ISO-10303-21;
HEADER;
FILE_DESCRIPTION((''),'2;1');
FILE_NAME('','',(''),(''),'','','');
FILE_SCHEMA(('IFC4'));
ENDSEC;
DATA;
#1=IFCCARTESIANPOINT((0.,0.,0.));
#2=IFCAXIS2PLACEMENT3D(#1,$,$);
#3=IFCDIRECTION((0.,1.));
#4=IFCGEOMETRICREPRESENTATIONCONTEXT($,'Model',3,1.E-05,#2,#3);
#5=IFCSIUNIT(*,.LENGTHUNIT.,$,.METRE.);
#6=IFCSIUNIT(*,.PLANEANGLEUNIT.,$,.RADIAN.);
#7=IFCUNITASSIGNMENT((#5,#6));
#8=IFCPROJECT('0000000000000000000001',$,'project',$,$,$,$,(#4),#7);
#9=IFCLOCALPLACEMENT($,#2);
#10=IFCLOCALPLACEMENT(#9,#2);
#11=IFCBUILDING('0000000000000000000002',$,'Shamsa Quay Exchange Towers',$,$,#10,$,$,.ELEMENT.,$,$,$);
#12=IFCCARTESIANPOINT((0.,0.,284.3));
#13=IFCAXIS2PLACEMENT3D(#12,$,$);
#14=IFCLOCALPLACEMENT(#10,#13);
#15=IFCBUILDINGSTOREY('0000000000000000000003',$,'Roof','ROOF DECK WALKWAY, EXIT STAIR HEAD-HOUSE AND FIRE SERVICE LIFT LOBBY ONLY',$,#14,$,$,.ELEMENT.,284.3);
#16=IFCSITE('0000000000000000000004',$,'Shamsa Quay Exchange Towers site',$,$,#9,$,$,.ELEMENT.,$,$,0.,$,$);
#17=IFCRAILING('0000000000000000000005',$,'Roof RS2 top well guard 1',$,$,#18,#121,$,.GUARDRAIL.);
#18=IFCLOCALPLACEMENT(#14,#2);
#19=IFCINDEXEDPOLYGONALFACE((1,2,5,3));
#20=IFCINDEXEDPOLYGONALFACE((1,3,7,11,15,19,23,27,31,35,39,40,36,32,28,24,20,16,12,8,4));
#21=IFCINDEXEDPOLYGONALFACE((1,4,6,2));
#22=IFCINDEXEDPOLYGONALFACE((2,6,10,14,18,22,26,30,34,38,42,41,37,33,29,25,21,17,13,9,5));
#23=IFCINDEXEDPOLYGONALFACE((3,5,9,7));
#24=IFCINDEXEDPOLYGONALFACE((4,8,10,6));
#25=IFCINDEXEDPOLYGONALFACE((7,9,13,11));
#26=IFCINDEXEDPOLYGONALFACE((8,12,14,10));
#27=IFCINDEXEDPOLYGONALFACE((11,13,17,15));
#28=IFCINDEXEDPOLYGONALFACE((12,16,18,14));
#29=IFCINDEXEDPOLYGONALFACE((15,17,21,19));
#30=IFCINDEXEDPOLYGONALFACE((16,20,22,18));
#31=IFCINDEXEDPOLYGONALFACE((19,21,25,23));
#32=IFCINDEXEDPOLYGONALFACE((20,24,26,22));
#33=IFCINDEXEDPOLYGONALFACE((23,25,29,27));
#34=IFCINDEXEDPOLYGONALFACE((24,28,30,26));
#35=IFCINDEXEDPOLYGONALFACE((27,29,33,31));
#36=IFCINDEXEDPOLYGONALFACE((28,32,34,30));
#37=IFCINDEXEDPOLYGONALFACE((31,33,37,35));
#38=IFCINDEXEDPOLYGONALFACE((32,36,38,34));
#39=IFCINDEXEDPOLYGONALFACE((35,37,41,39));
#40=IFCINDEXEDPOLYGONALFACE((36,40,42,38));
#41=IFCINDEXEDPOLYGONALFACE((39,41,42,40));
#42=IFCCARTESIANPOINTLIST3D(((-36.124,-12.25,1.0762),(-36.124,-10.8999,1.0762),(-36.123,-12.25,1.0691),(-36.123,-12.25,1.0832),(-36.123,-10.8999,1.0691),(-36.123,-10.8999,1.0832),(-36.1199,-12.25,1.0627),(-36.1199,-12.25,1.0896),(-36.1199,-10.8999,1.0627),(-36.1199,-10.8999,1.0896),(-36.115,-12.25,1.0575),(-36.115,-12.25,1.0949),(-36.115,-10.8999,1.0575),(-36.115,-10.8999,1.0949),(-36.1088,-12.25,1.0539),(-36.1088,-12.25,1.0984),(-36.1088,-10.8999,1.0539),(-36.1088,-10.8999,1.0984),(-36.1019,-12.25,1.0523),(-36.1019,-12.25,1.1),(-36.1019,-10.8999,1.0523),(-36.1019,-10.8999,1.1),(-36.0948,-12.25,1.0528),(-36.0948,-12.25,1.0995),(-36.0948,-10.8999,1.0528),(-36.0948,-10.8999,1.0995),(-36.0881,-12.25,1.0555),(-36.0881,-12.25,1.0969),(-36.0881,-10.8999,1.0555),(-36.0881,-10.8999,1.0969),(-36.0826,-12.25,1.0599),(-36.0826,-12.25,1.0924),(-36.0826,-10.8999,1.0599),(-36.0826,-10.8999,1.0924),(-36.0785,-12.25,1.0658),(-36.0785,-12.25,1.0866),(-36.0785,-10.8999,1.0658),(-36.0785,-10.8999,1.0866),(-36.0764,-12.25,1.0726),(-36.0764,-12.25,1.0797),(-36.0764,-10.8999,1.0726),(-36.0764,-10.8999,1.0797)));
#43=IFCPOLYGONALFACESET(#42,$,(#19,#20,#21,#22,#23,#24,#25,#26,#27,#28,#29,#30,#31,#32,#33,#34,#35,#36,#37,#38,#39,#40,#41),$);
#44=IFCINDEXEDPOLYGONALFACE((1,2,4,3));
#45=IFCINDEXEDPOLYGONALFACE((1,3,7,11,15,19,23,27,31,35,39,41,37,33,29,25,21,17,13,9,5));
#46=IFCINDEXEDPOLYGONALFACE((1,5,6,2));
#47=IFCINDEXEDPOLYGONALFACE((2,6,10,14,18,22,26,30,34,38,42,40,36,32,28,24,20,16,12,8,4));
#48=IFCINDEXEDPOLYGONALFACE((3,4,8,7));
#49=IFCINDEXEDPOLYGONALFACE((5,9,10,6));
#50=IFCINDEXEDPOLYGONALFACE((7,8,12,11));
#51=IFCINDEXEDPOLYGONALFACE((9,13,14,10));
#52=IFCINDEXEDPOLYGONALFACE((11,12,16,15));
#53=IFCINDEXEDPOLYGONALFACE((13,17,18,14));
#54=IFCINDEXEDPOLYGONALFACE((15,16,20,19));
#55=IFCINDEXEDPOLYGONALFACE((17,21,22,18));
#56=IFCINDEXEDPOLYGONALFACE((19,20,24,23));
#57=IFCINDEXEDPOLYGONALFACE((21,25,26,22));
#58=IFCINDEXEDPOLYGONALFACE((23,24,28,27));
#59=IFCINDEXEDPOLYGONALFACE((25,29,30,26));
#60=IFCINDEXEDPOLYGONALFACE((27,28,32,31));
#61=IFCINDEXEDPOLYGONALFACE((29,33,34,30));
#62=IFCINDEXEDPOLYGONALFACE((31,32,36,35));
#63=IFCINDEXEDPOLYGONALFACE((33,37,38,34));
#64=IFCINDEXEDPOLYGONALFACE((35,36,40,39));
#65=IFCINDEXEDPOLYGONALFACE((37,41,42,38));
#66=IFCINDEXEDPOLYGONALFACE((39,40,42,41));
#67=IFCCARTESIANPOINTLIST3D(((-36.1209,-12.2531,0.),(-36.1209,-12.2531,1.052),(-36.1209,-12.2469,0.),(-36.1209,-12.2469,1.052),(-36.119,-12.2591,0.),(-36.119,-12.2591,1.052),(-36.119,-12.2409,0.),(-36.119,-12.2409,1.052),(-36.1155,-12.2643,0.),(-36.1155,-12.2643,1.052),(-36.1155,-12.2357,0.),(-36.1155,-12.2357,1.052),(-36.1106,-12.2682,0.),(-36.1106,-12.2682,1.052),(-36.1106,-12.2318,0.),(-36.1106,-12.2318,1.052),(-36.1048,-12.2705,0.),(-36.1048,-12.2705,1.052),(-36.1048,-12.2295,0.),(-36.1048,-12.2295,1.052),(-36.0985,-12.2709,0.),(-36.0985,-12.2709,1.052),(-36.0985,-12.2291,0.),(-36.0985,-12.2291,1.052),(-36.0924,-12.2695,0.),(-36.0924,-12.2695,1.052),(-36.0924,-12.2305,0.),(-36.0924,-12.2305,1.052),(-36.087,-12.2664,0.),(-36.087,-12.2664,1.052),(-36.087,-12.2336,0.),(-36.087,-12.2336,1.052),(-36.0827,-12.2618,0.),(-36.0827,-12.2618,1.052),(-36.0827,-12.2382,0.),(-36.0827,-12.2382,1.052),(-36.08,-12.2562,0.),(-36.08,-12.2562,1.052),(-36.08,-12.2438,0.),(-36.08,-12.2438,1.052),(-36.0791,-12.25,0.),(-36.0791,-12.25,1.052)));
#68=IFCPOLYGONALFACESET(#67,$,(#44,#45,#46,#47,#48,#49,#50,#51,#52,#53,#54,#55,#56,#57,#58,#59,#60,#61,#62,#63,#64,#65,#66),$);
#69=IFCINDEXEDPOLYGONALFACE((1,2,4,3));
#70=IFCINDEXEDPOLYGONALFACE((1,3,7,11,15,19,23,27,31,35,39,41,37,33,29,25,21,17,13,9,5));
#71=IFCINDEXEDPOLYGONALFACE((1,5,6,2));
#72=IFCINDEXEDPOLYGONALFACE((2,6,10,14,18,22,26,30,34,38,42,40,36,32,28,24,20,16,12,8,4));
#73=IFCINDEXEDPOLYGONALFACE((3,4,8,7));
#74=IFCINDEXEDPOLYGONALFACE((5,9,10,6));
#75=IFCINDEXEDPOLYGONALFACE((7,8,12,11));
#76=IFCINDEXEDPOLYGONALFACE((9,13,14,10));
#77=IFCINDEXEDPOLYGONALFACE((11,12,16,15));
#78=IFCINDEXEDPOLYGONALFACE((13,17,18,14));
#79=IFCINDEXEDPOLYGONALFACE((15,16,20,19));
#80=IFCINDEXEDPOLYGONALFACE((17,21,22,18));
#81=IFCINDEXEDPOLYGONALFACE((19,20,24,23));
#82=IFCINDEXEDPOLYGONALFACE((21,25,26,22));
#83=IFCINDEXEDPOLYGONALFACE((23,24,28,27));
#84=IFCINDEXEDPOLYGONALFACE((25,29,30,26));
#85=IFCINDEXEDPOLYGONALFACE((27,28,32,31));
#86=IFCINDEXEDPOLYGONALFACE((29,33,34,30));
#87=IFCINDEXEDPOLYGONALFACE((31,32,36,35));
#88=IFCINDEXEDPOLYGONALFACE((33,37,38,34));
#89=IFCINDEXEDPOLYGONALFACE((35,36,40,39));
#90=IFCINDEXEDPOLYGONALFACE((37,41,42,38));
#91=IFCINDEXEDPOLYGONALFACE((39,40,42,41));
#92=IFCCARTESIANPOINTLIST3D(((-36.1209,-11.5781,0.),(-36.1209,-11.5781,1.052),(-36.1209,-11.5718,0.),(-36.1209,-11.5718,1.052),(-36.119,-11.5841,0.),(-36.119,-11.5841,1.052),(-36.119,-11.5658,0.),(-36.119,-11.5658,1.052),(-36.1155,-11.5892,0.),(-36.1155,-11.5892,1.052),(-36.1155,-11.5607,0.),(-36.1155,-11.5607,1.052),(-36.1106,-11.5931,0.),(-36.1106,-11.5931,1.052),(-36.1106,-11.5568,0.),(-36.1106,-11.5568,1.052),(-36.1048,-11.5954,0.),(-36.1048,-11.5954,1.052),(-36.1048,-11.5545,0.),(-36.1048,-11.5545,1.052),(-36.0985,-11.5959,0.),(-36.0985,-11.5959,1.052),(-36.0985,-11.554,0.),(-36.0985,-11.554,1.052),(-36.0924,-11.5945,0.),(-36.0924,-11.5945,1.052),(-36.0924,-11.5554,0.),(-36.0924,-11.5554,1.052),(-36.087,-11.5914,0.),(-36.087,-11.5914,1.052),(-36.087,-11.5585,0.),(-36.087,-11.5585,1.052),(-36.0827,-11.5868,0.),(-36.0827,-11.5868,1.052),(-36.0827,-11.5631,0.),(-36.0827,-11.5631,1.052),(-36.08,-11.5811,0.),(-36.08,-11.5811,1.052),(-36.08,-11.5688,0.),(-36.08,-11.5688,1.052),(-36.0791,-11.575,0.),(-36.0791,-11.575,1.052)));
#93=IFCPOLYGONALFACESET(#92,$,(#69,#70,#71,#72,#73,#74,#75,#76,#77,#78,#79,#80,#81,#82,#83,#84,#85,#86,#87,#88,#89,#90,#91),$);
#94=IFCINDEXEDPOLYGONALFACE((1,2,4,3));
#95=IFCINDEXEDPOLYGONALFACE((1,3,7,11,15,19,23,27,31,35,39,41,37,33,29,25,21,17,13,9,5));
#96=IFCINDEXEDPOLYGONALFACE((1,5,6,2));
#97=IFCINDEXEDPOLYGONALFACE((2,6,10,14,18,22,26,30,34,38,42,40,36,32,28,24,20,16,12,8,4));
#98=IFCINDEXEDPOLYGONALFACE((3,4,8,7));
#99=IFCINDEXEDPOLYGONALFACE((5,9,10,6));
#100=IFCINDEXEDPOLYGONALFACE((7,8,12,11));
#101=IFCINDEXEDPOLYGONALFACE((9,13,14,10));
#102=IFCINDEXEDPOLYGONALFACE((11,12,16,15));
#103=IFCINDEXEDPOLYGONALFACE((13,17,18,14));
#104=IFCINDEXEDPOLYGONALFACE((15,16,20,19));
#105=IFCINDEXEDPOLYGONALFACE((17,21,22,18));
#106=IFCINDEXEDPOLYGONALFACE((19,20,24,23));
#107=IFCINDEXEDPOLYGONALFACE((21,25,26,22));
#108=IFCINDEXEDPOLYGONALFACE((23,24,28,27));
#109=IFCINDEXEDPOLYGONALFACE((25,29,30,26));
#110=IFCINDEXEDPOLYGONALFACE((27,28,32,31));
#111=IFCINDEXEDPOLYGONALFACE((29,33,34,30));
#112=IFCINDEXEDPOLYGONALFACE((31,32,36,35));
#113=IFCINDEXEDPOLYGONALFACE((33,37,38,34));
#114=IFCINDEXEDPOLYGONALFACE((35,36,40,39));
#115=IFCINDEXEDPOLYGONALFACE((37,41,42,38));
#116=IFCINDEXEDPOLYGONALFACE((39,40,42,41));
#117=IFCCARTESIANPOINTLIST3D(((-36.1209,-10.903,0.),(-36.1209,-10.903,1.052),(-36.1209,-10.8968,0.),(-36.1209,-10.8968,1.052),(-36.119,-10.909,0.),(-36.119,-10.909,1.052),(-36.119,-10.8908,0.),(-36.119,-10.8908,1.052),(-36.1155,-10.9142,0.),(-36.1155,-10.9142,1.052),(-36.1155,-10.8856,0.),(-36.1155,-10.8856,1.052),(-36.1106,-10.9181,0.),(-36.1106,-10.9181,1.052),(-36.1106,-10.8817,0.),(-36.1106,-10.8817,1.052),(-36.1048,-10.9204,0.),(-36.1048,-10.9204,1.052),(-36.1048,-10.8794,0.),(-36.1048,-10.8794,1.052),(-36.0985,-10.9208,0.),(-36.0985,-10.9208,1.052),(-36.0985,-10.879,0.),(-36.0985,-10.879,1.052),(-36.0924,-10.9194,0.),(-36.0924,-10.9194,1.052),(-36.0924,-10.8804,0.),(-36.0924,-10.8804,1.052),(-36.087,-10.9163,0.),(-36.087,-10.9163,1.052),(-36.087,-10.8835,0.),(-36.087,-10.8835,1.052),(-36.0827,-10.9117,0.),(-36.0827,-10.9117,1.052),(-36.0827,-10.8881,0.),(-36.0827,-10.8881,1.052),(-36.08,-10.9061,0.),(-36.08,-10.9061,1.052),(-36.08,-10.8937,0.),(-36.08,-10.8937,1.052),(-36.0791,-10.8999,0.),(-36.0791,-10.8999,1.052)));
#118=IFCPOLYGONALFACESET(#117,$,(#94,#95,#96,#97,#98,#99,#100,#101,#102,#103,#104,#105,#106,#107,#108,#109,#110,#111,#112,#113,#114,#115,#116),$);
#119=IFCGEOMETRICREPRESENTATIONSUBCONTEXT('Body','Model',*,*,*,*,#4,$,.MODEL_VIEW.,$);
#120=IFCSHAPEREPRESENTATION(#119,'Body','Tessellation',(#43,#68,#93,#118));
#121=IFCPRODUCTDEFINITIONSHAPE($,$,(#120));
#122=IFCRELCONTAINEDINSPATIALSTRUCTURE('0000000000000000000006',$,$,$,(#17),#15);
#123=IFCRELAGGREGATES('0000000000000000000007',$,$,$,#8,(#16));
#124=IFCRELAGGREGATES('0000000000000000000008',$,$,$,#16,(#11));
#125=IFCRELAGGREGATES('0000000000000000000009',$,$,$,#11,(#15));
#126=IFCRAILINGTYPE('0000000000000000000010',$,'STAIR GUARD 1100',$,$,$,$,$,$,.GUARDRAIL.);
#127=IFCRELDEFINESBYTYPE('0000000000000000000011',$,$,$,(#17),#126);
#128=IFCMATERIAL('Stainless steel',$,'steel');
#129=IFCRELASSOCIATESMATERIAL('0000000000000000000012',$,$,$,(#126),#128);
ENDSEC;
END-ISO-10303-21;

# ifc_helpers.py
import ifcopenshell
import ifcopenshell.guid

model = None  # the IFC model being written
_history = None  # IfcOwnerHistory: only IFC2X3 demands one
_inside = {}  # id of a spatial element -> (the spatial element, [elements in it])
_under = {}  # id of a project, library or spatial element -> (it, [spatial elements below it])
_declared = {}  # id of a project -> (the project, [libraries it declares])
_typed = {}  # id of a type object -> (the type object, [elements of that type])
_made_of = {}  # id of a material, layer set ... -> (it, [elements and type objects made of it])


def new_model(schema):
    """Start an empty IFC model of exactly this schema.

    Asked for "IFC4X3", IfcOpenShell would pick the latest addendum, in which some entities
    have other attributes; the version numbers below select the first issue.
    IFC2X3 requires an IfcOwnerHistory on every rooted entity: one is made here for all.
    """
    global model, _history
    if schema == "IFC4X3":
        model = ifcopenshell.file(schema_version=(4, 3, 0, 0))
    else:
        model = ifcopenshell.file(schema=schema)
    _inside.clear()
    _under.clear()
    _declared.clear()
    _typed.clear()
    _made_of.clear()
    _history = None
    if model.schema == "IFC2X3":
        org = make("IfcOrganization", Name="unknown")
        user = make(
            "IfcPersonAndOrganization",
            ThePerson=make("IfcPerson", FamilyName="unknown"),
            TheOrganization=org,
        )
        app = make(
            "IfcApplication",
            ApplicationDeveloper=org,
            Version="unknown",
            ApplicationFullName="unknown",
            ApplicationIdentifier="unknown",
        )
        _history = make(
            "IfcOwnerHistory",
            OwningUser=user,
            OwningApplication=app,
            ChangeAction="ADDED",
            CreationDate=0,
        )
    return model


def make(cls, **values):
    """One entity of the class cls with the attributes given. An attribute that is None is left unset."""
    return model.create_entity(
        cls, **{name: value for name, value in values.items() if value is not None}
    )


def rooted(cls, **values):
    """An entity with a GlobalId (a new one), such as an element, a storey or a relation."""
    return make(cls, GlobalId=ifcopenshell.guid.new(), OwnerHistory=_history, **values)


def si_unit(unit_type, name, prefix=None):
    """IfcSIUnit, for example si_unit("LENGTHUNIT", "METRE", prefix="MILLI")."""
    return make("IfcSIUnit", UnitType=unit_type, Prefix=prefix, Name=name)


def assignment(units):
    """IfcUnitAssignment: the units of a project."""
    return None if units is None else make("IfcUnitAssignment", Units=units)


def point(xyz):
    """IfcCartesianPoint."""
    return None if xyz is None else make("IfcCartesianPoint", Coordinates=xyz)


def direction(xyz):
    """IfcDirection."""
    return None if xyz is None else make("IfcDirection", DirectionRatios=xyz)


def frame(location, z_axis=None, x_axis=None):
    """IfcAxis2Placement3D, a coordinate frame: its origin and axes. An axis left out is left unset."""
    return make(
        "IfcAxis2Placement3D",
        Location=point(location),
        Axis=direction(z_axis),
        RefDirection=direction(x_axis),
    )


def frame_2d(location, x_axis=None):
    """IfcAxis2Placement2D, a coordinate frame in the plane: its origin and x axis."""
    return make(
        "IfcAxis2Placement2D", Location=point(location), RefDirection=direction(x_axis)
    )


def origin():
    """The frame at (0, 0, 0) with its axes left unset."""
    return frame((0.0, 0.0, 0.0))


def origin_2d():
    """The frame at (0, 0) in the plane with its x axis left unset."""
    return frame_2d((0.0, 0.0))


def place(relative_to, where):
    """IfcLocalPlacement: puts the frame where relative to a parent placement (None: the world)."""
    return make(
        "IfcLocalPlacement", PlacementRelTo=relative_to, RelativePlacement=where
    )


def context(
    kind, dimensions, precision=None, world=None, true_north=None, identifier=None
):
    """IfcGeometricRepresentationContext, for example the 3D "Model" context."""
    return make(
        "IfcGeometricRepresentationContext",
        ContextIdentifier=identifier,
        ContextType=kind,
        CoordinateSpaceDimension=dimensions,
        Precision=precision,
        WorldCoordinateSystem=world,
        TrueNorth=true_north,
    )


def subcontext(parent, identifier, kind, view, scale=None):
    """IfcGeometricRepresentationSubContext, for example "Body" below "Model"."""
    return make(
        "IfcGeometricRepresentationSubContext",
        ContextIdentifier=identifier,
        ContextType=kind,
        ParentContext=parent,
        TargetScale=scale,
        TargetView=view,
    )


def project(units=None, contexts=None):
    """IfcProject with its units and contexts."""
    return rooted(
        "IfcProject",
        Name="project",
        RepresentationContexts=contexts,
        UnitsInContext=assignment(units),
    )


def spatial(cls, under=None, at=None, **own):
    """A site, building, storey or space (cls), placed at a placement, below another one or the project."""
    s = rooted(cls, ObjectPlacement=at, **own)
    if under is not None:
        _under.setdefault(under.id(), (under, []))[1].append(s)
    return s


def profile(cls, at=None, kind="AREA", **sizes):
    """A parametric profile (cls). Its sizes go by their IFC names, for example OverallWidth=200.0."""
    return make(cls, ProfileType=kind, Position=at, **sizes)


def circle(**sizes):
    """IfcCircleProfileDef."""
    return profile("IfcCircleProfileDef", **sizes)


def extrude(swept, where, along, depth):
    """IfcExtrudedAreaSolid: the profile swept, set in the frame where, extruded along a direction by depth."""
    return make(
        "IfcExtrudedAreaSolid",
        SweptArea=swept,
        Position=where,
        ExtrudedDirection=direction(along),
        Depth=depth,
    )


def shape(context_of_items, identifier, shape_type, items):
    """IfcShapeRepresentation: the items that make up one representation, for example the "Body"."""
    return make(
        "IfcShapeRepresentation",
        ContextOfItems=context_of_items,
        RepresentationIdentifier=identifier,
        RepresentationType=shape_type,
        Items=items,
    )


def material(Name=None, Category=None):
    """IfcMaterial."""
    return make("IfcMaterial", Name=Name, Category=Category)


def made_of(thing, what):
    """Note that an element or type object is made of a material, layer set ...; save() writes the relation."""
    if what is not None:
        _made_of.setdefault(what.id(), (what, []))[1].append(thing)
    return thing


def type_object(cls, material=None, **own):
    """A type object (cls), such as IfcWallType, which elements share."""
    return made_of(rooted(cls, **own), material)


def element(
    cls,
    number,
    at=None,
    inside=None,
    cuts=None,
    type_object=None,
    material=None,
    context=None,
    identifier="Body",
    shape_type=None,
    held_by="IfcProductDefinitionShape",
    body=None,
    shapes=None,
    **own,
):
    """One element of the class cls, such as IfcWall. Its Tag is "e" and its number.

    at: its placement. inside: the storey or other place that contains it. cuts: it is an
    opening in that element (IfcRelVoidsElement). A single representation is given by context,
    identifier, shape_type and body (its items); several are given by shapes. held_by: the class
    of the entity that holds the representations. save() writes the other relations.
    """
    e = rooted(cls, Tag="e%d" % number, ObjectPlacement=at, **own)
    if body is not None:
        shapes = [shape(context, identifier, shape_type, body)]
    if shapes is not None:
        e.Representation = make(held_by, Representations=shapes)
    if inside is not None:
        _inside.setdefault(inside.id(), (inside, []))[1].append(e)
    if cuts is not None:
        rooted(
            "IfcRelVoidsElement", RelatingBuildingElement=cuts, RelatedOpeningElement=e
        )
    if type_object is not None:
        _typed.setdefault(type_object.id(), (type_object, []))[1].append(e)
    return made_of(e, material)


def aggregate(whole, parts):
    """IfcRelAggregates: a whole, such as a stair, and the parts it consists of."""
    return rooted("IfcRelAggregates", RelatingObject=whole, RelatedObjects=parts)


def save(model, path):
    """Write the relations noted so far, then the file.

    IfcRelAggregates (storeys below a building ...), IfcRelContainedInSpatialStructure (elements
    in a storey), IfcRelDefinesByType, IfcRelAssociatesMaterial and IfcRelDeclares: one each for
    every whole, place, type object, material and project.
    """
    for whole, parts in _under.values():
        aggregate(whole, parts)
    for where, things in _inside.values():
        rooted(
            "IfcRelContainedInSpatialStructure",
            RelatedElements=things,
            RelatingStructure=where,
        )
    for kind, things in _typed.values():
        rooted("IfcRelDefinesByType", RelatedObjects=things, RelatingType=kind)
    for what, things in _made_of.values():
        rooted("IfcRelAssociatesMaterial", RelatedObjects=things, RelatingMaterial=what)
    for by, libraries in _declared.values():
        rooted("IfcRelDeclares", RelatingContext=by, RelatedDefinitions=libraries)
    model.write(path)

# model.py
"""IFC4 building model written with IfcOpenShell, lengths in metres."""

from ifc_helpers import new_model, si_unit, direction, frame, origin, origin_2d, place, context, subcontext, project, spatial, circle, extrude, material, type_object, element, save


model = new_model("IFC4")

# Units and contexts
model_context = context("Model", 3, precision=1e-05, world=origin(), true_north=direction((0.0, 1.0)))
body_context = subcontext(model_context, "Body", "Model", "MODEL_VIEW")
ifc_project = project(units=[si_unit("LENGTHUNIT", "METRE"), si_unit("PLANEANGLEUNIT", "RADIAN")], contexts=[model_context])

# Site, building, storey
site_placement = place(None, origin())
site = spatial("IfcSite", under=ifc_project, at=site_placement, Name="Shamsa Quay Exchange Towers site", CompositionType="ELEMENT", RefElevation=0.0)
building_placement = place(site_placement, origin())
building = spatial("IfcBuilding", under=site, at=building_placement, Name="Shamsa Quay Exchange Towers", CompositionType="ELEMENT")
storey_placement = place(building_placement, frame((0.0, 0.0, 284.3)))
storey = spatial("IfcBuildingStorey", under=building, at=storey_placement, Name="Roof", Description="ROOF DECK WALKWAY, EXIT STAIR HEAD-HOUSE AND FIRE SERVICE LIFT LOBBY ONLY", CompositionType="ELEMENT", Elevation=284.3)

# Railing
ifc_material_1 = material(Name="Stainless steel", Category="steel")
railing_type = type_object("IfcRailingType", Name="STAIR GUARD 1100", PredefinedType="GUARDRAIL", material=ifc_material_1)
railing_placement = place(storey_placement, frame((-36.1001, -12.25, 0.0)))
element("IfcRailing", 1, at=railing_placement, inside=storey, type_object=railing_type, Name="Roof RS2 top well guard 1", PredefinedType="GUARDRAIL", context=body_context, shape_type="SweptSolid", body=[
    extrude(circle(Radius=0.0239, at=origin_2d()), frame((0.0, 0.0, 1.0762), z_axis=(0.0, 1.0, 0.0), x_axis=(-1.0, 0.0, 0.0)), (0.0, 0.0, 1.0), 1.3501),
    extrude(circle(Radius=0.021, at=origin_2d()), origin(), (0.0, 0.0, 1.0), 1.052),
    extrude(circle(Radius=0.021, at=origin_2d()), frame((0.0, 0.675, 0.0)), (0.0, 0.0, 1.0), 1.052),
    extrude(circle(Radius=0.021, at=origin_2d()), frame((0.0, 1.3501, 0.0)), (0.0, 0.0, 1.0), 1.052),
])

save(model, "model.ifc")
